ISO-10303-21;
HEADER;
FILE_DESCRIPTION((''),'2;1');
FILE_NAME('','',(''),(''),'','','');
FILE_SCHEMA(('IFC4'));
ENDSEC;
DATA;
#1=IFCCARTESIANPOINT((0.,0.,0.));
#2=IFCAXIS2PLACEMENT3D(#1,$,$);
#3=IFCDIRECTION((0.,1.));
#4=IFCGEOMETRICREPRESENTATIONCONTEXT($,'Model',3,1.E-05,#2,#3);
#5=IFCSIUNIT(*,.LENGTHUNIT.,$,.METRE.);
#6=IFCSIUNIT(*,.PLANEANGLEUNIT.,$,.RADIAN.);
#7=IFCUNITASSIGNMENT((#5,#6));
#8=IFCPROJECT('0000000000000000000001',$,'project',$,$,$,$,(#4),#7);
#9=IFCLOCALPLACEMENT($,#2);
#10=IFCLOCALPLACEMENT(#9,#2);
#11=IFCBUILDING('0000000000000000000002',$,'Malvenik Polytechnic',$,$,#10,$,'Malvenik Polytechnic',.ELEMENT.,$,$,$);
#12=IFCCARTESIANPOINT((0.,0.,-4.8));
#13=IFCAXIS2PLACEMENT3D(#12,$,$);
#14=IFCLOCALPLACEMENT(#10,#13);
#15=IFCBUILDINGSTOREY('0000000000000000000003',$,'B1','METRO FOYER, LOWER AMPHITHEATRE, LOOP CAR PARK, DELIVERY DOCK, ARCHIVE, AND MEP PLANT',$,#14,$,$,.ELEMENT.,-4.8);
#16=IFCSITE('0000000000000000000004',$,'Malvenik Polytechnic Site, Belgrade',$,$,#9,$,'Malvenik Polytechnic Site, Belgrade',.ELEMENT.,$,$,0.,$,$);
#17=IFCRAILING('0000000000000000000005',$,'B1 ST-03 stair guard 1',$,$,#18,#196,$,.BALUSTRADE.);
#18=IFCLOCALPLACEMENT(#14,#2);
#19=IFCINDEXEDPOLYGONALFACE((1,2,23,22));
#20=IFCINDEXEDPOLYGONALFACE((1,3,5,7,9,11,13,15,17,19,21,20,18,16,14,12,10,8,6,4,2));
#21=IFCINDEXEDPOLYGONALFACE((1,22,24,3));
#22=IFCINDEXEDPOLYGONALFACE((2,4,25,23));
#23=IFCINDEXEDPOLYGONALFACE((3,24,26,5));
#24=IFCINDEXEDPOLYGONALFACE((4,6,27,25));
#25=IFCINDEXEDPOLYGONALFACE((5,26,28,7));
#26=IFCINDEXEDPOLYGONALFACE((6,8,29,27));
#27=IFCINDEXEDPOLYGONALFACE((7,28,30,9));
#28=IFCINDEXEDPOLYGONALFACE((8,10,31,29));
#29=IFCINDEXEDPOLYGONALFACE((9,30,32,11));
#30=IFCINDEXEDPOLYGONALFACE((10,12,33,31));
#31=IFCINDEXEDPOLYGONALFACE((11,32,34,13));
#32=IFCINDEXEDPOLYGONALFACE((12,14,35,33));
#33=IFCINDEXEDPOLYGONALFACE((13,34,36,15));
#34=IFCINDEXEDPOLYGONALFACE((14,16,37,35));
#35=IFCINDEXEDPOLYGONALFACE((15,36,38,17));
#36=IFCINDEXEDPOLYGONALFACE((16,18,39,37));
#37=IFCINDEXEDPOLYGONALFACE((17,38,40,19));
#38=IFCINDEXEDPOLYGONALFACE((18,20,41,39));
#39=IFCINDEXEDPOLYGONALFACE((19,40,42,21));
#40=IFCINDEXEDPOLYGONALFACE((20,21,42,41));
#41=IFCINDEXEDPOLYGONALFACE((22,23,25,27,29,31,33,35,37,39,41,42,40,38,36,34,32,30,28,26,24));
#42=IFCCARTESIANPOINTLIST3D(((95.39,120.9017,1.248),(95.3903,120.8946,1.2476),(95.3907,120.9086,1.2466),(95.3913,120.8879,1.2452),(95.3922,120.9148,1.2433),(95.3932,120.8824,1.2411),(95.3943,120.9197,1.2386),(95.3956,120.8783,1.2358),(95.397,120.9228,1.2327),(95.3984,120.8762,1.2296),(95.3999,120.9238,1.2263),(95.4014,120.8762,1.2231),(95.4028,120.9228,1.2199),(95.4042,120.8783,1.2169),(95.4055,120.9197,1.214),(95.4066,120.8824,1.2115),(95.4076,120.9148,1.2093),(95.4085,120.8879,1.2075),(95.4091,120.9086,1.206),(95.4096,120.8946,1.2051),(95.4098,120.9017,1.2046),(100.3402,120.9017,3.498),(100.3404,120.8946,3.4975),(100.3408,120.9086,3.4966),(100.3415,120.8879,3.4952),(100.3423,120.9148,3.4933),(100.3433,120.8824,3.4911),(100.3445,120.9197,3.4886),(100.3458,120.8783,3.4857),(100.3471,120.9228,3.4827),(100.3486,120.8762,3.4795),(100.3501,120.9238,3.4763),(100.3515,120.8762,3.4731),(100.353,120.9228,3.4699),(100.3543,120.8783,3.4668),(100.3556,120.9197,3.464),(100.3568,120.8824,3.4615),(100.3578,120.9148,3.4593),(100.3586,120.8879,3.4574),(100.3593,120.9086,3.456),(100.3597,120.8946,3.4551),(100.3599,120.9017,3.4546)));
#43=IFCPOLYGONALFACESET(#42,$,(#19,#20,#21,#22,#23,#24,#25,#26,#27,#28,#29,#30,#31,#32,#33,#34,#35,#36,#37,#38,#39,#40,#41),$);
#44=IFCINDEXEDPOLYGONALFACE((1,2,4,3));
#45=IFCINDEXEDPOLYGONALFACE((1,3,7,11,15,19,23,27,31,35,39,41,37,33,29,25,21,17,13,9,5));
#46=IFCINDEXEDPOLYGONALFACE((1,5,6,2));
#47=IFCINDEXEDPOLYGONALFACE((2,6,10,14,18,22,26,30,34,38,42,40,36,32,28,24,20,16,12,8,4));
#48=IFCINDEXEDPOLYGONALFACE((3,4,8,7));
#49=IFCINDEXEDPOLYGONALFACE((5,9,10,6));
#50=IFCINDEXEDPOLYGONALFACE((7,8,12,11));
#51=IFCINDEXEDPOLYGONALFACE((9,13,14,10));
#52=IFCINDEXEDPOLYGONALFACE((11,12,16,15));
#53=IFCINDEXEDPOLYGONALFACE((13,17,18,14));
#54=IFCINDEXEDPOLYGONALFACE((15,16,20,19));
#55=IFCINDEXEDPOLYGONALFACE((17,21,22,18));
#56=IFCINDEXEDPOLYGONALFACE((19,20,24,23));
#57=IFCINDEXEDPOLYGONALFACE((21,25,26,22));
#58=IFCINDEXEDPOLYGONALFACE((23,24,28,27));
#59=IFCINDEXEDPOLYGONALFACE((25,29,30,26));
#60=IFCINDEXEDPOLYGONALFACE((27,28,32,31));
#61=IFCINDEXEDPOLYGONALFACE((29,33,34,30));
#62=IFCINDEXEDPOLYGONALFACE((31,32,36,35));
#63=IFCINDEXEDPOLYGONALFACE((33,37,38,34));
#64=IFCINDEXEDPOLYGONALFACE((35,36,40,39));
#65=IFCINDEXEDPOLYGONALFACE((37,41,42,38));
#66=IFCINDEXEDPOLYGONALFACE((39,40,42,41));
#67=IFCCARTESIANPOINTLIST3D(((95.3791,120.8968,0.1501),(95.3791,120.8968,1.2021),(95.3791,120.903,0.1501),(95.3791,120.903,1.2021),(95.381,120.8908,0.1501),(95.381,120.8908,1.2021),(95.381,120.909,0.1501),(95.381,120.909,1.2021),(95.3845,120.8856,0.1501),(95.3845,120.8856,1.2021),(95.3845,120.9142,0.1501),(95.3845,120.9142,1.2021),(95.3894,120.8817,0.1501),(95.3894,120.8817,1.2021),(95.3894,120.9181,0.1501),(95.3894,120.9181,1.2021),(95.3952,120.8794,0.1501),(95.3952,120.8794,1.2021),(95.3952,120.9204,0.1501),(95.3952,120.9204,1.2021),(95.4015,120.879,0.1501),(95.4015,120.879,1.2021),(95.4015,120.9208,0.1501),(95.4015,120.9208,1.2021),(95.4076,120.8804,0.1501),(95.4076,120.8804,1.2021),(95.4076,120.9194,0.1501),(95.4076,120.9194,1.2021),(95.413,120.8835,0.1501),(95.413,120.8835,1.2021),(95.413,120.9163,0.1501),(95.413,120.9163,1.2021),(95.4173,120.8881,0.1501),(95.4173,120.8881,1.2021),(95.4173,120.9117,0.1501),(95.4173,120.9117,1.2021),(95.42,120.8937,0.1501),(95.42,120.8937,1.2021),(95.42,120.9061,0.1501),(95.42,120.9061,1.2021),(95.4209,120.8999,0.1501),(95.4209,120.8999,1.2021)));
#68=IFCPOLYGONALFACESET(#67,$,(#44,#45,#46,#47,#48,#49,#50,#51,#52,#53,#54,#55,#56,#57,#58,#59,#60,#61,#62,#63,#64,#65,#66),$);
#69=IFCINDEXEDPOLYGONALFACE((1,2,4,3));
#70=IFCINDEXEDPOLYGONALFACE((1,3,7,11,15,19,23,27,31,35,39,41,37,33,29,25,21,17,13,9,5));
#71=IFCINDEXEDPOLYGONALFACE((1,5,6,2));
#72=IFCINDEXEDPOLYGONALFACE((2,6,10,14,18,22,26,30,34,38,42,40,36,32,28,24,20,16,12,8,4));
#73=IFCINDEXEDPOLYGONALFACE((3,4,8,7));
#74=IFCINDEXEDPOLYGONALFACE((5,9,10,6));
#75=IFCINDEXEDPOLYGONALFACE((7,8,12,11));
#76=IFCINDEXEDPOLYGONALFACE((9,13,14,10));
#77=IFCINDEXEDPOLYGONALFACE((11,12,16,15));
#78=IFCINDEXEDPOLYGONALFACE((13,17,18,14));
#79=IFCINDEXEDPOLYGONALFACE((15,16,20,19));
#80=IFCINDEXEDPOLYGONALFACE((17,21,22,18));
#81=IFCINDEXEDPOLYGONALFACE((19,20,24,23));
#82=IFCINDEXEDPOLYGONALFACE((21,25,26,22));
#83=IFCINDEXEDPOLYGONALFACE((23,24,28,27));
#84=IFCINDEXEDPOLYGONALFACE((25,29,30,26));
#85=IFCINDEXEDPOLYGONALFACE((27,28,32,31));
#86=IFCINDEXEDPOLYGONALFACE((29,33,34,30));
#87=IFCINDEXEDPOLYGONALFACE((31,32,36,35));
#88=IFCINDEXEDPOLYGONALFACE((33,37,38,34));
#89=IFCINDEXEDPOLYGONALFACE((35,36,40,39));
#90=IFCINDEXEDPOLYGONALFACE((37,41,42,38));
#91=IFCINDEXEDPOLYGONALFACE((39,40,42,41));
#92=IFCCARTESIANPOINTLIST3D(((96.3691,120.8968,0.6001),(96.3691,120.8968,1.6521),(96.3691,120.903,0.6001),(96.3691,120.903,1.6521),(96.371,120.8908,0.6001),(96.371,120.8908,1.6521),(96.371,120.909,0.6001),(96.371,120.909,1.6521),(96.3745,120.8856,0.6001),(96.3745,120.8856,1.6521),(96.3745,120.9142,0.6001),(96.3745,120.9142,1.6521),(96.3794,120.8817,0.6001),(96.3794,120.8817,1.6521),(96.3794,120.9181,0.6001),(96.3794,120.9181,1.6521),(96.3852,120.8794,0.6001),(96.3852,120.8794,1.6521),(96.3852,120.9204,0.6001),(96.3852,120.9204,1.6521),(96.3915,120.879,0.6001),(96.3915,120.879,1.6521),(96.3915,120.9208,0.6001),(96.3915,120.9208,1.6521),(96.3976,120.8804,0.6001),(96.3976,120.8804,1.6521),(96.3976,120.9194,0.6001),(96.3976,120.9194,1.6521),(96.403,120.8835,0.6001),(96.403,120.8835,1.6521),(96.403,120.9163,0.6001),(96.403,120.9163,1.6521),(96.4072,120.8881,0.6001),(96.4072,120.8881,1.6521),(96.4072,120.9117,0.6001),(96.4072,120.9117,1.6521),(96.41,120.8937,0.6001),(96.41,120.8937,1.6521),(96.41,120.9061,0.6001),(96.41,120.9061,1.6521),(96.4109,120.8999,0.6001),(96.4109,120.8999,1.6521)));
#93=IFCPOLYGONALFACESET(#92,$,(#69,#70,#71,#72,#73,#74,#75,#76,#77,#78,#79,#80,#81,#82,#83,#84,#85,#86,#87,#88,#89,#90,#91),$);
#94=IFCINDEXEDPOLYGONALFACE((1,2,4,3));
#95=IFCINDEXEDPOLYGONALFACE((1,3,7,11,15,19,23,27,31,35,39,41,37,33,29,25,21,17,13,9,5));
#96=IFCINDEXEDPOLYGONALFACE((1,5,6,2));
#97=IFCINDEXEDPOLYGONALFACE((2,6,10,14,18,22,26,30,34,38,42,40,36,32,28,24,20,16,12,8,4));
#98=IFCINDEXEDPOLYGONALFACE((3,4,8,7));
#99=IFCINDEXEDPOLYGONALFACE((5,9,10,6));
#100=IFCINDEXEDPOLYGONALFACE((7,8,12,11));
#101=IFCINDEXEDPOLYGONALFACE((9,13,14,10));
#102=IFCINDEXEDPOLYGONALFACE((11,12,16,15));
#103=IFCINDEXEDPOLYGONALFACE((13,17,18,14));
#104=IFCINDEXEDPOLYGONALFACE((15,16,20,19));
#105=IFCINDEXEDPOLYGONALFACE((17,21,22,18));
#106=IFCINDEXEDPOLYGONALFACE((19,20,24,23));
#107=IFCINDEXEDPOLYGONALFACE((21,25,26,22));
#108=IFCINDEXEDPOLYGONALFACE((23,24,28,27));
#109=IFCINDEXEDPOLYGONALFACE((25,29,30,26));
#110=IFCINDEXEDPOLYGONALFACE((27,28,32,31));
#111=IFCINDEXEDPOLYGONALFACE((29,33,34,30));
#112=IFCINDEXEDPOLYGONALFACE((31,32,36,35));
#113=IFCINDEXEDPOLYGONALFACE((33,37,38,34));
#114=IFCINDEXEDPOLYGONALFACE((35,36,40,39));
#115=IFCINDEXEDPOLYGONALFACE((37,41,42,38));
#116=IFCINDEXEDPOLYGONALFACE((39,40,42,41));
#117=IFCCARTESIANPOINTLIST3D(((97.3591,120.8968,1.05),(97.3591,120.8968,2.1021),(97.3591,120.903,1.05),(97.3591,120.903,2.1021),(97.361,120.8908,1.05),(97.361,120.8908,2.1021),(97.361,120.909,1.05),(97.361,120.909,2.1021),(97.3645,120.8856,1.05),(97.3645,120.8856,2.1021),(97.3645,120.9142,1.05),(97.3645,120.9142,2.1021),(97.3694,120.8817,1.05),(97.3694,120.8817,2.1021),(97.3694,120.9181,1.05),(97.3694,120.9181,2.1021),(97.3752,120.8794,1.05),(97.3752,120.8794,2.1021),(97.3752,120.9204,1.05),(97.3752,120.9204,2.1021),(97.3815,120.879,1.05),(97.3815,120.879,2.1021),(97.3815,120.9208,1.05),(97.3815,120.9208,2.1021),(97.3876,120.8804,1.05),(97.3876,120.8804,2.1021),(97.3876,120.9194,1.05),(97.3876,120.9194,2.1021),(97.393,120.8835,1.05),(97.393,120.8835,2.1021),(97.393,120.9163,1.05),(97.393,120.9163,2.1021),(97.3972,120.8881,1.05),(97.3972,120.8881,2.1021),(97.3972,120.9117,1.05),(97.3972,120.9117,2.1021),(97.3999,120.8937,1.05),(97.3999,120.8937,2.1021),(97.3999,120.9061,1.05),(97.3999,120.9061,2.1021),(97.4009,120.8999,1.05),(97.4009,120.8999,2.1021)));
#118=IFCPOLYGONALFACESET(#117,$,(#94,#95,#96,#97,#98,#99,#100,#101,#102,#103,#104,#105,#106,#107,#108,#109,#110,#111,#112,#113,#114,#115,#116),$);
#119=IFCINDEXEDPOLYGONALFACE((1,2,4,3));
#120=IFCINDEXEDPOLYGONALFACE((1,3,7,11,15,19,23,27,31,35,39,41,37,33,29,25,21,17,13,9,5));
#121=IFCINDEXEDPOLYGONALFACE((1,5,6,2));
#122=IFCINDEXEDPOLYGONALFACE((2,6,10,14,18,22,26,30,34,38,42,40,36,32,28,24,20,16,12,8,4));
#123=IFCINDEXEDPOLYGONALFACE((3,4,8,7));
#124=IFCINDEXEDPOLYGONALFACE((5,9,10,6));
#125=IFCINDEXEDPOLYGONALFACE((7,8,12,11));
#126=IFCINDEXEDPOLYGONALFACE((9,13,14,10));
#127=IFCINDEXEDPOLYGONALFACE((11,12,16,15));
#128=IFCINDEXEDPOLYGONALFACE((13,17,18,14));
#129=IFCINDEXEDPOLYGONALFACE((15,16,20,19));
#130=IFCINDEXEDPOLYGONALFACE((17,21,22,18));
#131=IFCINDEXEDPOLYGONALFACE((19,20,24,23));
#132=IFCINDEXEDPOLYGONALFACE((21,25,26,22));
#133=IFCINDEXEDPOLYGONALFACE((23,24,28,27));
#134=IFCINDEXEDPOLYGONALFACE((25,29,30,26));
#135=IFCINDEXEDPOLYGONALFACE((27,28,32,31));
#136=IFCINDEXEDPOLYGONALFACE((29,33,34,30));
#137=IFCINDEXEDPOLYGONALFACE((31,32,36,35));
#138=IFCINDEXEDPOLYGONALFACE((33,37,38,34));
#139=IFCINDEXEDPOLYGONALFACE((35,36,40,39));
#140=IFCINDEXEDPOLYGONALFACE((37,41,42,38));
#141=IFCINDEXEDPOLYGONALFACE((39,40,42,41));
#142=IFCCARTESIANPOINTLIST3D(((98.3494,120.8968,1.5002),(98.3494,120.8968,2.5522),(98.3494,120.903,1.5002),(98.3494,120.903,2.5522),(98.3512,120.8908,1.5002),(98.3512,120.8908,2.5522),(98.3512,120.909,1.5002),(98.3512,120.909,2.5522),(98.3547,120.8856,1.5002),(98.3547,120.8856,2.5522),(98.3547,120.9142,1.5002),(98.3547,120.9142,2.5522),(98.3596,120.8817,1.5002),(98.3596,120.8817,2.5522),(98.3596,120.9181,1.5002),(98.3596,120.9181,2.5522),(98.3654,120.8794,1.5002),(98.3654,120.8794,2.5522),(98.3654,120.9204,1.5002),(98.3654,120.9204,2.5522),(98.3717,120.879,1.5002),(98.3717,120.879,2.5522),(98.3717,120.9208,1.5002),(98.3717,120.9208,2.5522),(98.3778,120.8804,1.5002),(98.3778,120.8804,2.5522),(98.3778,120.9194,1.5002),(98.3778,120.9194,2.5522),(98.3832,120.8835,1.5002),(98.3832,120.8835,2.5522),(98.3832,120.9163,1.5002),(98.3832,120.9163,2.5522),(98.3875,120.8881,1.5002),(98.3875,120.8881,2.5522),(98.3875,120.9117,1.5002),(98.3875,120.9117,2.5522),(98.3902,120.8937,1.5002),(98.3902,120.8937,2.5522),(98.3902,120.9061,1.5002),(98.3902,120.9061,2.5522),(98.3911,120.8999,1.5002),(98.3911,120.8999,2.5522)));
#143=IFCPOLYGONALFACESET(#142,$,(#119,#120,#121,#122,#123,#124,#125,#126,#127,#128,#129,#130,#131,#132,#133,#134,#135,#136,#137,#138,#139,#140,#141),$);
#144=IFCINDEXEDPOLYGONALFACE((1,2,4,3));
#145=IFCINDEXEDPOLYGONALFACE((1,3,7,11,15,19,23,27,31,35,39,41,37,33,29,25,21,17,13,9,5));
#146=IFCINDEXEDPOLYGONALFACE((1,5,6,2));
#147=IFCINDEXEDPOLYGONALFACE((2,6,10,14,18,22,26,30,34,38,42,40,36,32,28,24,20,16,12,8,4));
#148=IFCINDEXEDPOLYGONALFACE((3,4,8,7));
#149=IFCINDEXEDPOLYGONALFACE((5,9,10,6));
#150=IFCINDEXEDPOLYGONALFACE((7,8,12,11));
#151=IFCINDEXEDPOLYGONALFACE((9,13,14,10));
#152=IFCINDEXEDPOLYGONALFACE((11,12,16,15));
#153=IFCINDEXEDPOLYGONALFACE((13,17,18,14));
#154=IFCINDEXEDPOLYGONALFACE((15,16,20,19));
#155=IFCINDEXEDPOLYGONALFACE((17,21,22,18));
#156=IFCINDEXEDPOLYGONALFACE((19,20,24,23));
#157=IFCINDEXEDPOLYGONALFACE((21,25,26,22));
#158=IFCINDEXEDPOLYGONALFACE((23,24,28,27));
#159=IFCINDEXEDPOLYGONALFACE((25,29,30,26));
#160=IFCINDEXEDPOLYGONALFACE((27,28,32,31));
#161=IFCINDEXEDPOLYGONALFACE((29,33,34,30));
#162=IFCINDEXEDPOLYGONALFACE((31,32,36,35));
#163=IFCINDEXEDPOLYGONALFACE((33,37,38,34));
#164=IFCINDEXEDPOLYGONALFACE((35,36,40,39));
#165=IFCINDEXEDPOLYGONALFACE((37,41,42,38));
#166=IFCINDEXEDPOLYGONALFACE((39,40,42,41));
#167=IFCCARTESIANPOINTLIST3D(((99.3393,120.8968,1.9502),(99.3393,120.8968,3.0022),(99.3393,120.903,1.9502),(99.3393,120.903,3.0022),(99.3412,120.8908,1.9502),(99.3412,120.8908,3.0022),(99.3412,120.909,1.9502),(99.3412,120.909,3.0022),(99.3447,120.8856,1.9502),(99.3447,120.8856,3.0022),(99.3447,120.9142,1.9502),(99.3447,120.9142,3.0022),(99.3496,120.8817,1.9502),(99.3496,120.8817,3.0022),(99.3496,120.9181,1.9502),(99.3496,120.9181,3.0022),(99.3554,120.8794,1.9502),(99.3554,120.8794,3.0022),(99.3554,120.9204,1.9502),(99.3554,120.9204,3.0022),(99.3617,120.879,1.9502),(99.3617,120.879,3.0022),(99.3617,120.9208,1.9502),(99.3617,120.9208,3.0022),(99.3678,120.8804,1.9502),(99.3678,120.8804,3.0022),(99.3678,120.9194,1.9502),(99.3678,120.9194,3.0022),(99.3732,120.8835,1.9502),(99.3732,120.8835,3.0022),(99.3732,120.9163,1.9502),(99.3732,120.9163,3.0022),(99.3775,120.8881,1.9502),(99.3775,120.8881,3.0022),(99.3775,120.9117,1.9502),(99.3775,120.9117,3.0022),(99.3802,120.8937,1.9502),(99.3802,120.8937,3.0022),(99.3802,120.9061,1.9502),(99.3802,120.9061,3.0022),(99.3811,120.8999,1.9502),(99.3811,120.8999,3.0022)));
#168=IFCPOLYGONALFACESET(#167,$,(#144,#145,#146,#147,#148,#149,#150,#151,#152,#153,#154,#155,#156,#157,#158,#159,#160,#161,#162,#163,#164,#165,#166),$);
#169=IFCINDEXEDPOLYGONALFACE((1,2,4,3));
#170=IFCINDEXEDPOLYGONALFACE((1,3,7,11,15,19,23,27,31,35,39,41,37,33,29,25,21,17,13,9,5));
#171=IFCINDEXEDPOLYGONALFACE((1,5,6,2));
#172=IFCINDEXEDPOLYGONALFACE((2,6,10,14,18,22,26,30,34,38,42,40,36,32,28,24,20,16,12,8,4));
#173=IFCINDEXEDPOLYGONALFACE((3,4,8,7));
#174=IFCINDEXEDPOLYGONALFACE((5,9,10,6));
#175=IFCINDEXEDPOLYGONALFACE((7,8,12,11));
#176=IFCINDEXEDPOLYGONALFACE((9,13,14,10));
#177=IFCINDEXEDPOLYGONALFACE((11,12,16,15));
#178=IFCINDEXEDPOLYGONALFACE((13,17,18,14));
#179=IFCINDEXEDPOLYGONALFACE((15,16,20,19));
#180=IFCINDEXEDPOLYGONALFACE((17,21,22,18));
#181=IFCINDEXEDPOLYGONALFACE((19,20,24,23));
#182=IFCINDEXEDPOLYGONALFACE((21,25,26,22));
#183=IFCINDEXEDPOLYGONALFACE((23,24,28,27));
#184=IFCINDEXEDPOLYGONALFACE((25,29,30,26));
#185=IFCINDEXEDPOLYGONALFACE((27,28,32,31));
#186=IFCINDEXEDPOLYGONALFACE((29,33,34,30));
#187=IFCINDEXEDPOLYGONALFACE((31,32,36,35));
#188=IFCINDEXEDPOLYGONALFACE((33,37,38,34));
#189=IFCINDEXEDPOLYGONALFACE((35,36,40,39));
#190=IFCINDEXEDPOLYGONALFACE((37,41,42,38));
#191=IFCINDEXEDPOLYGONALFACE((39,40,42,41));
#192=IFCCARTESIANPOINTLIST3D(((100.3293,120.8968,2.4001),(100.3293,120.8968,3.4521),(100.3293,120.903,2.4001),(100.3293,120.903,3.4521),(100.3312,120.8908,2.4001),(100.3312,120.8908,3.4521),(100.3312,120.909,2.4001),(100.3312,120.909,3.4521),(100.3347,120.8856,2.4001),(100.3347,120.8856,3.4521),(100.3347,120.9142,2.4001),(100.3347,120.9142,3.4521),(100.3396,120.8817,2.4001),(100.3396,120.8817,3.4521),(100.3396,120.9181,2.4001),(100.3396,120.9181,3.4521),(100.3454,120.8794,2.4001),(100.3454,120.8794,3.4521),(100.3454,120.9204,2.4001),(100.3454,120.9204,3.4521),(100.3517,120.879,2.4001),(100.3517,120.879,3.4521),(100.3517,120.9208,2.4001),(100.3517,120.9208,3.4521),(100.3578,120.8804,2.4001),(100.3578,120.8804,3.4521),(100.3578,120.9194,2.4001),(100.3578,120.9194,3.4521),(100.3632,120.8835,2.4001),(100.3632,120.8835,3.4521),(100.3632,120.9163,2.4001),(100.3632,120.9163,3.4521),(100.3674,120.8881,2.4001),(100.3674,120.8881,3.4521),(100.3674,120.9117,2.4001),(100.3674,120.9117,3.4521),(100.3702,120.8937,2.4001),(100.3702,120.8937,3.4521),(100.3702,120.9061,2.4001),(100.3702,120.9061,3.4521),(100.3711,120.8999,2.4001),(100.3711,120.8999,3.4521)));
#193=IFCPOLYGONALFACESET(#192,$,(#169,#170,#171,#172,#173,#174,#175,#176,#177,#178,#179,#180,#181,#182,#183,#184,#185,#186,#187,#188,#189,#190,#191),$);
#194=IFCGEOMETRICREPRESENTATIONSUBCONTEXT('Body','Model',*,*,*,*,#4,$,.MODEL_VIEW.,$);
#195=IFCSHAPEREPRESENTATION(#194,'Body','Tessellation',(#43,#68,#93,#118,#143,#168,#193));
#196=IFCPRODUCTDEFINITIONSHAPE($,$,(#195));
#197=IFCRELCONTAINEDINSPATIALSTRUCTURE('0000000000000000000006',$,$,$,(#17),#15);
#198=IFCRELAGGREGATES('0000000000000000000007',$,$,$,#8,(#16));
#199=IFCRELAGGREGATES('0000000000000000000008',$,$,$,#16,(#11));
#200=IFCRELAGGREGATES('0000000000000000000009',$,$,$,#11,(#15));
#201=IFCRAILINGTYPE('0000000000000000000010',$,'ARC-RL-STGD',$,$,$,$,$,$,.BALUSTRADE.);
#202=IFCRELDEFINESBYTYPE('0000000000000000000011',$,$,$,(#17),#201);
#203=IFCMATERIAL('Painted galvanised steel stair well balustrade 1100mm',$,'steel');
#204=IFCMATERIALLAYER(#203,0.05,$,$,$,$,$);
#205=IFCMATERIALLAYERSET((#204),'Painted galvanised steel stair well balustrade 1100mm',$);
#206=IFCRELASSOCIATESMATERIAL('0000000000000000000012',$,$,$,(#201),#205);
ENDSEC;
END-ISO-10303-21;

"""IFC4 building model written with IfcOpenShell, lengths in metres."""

from ifc_helpers import new_model, si_unit, direction, frame, origin, origin_2d, place, context, subcontext, project, spatial, circle, extrude, material, layer, layer_set, type_object, element, save


model = new_model("IFC4")

# Units and contexts
model_context = context("Model", 3, precision=1e-05, world=origin(), true_north=direction((0.0, 1.0)))
body_context = subcontext(model_context, "Body", "Model", "MODEL_VIEW")
ifc_project = project(units=[si_unit("LENGTHUNIT", "METRE"), si_unit("PLANEANGLEUNIT", "RADIAN")], contexts=[model_context])

# Site, building, storey
site_placement = place(None, origin())
site = spatial("IfcSite", under=ifc_project, at=site_placement, Name="Malvenik Polytechnic Site, Belgrade", LongName="Malvenik Polytechnic Site, Belgrade", CompositionType="ELEMENT", RefElevation=0.0)
building_placement = place(site_placement, origin())
building = spatial("IfcBuilding", under=site, at=building_placement, Name="Malvenik Polytechnic", LongName="Malvenik Polytechnic", CompositionType="ELEMENT")
storey_placement = place(building_placement, frame((0.0, 0.0, -4.8)))
storey = spatial("IfcBuildingStorey", under=building, at=storey_placement, Name="B1", Description="METRO FOYER, LOWER AMPHITHEATRE, LOOP CAR PARK, DELIVERY DOCK, ARCHIVE, AND MEP PLANT", CompositionType="ELEMENT", Elevation=-4.8)

# Railing
ifc_material_1 = material(Name="Painted galvanised steel stair well balustrade 1100mm", Category="steel")
ifc_layer_1 = layer(ifc_material_1, 0.05)
ifc_layer_set_1 = layer_set([ifc_layer_1], Name="Painted galvanised steel stair well balustrade 1100mm")
railing_type = type_object("IfcRailingType", Name="ARC-RL-STGD", PredefinedType="BALUSTRADE", material=ifc_layer_set_1)
railing_1_placement = place(storey_placement, frame((95.3999, 120.8999, 0.1501)))
element("IfcRailing", 1, at=railing_1_placement, inside=storey, type_object=railing_type, Name="B1 ST-03 stair guard 1", PredefinedType="BALUSTRADE", context=body_context, shape_type="SweptSolid", body=[
    extrude(circle(Radius=0.0239, at=origin_2d()), frame((0.0, 0.0, 1.0762), z_axis=(0.910373, 0.0, 0.413789), x_axis=(0.0, 1.0, 0.0)), (0.0, 0.0, 1.0), 5.4375),
    extrude(circle(Radius=0.021, at=origin_2d()), origin(), (0.0, 0.0, 1.0), 1.052),
    extrude(circle(Radius=0.021, at=origin_2d()), frame((0.99, 0.0, 0.45)), (0.0, 0.0, 1.0), 1.052),
    extrude(circle(Radius=0.021, at=origin_2d()), frame((1.98, 0.0, 0.8999)), (0.0, 0.0, 1.0), 1.052),
    extrude(circle(Radius=0.021, at=origin_2d()), frame((2.9702, 0.0, 1.3501)), (0.0, 0.0, 1.0), 1.052),
    extrude(circle(Radius=0.021, at=origin_2d()), frame((3.9602, 0.0, 1.8)), (0.0, 0.0, 1.0), 1.052),
    extrude(circle(Radius=0.021, at=origin_2d()), frame((4.9502, 0.0, 2.25)), (0.0, 0.0, 1.0), 1.052),
])

save(model, "model.ifc")
